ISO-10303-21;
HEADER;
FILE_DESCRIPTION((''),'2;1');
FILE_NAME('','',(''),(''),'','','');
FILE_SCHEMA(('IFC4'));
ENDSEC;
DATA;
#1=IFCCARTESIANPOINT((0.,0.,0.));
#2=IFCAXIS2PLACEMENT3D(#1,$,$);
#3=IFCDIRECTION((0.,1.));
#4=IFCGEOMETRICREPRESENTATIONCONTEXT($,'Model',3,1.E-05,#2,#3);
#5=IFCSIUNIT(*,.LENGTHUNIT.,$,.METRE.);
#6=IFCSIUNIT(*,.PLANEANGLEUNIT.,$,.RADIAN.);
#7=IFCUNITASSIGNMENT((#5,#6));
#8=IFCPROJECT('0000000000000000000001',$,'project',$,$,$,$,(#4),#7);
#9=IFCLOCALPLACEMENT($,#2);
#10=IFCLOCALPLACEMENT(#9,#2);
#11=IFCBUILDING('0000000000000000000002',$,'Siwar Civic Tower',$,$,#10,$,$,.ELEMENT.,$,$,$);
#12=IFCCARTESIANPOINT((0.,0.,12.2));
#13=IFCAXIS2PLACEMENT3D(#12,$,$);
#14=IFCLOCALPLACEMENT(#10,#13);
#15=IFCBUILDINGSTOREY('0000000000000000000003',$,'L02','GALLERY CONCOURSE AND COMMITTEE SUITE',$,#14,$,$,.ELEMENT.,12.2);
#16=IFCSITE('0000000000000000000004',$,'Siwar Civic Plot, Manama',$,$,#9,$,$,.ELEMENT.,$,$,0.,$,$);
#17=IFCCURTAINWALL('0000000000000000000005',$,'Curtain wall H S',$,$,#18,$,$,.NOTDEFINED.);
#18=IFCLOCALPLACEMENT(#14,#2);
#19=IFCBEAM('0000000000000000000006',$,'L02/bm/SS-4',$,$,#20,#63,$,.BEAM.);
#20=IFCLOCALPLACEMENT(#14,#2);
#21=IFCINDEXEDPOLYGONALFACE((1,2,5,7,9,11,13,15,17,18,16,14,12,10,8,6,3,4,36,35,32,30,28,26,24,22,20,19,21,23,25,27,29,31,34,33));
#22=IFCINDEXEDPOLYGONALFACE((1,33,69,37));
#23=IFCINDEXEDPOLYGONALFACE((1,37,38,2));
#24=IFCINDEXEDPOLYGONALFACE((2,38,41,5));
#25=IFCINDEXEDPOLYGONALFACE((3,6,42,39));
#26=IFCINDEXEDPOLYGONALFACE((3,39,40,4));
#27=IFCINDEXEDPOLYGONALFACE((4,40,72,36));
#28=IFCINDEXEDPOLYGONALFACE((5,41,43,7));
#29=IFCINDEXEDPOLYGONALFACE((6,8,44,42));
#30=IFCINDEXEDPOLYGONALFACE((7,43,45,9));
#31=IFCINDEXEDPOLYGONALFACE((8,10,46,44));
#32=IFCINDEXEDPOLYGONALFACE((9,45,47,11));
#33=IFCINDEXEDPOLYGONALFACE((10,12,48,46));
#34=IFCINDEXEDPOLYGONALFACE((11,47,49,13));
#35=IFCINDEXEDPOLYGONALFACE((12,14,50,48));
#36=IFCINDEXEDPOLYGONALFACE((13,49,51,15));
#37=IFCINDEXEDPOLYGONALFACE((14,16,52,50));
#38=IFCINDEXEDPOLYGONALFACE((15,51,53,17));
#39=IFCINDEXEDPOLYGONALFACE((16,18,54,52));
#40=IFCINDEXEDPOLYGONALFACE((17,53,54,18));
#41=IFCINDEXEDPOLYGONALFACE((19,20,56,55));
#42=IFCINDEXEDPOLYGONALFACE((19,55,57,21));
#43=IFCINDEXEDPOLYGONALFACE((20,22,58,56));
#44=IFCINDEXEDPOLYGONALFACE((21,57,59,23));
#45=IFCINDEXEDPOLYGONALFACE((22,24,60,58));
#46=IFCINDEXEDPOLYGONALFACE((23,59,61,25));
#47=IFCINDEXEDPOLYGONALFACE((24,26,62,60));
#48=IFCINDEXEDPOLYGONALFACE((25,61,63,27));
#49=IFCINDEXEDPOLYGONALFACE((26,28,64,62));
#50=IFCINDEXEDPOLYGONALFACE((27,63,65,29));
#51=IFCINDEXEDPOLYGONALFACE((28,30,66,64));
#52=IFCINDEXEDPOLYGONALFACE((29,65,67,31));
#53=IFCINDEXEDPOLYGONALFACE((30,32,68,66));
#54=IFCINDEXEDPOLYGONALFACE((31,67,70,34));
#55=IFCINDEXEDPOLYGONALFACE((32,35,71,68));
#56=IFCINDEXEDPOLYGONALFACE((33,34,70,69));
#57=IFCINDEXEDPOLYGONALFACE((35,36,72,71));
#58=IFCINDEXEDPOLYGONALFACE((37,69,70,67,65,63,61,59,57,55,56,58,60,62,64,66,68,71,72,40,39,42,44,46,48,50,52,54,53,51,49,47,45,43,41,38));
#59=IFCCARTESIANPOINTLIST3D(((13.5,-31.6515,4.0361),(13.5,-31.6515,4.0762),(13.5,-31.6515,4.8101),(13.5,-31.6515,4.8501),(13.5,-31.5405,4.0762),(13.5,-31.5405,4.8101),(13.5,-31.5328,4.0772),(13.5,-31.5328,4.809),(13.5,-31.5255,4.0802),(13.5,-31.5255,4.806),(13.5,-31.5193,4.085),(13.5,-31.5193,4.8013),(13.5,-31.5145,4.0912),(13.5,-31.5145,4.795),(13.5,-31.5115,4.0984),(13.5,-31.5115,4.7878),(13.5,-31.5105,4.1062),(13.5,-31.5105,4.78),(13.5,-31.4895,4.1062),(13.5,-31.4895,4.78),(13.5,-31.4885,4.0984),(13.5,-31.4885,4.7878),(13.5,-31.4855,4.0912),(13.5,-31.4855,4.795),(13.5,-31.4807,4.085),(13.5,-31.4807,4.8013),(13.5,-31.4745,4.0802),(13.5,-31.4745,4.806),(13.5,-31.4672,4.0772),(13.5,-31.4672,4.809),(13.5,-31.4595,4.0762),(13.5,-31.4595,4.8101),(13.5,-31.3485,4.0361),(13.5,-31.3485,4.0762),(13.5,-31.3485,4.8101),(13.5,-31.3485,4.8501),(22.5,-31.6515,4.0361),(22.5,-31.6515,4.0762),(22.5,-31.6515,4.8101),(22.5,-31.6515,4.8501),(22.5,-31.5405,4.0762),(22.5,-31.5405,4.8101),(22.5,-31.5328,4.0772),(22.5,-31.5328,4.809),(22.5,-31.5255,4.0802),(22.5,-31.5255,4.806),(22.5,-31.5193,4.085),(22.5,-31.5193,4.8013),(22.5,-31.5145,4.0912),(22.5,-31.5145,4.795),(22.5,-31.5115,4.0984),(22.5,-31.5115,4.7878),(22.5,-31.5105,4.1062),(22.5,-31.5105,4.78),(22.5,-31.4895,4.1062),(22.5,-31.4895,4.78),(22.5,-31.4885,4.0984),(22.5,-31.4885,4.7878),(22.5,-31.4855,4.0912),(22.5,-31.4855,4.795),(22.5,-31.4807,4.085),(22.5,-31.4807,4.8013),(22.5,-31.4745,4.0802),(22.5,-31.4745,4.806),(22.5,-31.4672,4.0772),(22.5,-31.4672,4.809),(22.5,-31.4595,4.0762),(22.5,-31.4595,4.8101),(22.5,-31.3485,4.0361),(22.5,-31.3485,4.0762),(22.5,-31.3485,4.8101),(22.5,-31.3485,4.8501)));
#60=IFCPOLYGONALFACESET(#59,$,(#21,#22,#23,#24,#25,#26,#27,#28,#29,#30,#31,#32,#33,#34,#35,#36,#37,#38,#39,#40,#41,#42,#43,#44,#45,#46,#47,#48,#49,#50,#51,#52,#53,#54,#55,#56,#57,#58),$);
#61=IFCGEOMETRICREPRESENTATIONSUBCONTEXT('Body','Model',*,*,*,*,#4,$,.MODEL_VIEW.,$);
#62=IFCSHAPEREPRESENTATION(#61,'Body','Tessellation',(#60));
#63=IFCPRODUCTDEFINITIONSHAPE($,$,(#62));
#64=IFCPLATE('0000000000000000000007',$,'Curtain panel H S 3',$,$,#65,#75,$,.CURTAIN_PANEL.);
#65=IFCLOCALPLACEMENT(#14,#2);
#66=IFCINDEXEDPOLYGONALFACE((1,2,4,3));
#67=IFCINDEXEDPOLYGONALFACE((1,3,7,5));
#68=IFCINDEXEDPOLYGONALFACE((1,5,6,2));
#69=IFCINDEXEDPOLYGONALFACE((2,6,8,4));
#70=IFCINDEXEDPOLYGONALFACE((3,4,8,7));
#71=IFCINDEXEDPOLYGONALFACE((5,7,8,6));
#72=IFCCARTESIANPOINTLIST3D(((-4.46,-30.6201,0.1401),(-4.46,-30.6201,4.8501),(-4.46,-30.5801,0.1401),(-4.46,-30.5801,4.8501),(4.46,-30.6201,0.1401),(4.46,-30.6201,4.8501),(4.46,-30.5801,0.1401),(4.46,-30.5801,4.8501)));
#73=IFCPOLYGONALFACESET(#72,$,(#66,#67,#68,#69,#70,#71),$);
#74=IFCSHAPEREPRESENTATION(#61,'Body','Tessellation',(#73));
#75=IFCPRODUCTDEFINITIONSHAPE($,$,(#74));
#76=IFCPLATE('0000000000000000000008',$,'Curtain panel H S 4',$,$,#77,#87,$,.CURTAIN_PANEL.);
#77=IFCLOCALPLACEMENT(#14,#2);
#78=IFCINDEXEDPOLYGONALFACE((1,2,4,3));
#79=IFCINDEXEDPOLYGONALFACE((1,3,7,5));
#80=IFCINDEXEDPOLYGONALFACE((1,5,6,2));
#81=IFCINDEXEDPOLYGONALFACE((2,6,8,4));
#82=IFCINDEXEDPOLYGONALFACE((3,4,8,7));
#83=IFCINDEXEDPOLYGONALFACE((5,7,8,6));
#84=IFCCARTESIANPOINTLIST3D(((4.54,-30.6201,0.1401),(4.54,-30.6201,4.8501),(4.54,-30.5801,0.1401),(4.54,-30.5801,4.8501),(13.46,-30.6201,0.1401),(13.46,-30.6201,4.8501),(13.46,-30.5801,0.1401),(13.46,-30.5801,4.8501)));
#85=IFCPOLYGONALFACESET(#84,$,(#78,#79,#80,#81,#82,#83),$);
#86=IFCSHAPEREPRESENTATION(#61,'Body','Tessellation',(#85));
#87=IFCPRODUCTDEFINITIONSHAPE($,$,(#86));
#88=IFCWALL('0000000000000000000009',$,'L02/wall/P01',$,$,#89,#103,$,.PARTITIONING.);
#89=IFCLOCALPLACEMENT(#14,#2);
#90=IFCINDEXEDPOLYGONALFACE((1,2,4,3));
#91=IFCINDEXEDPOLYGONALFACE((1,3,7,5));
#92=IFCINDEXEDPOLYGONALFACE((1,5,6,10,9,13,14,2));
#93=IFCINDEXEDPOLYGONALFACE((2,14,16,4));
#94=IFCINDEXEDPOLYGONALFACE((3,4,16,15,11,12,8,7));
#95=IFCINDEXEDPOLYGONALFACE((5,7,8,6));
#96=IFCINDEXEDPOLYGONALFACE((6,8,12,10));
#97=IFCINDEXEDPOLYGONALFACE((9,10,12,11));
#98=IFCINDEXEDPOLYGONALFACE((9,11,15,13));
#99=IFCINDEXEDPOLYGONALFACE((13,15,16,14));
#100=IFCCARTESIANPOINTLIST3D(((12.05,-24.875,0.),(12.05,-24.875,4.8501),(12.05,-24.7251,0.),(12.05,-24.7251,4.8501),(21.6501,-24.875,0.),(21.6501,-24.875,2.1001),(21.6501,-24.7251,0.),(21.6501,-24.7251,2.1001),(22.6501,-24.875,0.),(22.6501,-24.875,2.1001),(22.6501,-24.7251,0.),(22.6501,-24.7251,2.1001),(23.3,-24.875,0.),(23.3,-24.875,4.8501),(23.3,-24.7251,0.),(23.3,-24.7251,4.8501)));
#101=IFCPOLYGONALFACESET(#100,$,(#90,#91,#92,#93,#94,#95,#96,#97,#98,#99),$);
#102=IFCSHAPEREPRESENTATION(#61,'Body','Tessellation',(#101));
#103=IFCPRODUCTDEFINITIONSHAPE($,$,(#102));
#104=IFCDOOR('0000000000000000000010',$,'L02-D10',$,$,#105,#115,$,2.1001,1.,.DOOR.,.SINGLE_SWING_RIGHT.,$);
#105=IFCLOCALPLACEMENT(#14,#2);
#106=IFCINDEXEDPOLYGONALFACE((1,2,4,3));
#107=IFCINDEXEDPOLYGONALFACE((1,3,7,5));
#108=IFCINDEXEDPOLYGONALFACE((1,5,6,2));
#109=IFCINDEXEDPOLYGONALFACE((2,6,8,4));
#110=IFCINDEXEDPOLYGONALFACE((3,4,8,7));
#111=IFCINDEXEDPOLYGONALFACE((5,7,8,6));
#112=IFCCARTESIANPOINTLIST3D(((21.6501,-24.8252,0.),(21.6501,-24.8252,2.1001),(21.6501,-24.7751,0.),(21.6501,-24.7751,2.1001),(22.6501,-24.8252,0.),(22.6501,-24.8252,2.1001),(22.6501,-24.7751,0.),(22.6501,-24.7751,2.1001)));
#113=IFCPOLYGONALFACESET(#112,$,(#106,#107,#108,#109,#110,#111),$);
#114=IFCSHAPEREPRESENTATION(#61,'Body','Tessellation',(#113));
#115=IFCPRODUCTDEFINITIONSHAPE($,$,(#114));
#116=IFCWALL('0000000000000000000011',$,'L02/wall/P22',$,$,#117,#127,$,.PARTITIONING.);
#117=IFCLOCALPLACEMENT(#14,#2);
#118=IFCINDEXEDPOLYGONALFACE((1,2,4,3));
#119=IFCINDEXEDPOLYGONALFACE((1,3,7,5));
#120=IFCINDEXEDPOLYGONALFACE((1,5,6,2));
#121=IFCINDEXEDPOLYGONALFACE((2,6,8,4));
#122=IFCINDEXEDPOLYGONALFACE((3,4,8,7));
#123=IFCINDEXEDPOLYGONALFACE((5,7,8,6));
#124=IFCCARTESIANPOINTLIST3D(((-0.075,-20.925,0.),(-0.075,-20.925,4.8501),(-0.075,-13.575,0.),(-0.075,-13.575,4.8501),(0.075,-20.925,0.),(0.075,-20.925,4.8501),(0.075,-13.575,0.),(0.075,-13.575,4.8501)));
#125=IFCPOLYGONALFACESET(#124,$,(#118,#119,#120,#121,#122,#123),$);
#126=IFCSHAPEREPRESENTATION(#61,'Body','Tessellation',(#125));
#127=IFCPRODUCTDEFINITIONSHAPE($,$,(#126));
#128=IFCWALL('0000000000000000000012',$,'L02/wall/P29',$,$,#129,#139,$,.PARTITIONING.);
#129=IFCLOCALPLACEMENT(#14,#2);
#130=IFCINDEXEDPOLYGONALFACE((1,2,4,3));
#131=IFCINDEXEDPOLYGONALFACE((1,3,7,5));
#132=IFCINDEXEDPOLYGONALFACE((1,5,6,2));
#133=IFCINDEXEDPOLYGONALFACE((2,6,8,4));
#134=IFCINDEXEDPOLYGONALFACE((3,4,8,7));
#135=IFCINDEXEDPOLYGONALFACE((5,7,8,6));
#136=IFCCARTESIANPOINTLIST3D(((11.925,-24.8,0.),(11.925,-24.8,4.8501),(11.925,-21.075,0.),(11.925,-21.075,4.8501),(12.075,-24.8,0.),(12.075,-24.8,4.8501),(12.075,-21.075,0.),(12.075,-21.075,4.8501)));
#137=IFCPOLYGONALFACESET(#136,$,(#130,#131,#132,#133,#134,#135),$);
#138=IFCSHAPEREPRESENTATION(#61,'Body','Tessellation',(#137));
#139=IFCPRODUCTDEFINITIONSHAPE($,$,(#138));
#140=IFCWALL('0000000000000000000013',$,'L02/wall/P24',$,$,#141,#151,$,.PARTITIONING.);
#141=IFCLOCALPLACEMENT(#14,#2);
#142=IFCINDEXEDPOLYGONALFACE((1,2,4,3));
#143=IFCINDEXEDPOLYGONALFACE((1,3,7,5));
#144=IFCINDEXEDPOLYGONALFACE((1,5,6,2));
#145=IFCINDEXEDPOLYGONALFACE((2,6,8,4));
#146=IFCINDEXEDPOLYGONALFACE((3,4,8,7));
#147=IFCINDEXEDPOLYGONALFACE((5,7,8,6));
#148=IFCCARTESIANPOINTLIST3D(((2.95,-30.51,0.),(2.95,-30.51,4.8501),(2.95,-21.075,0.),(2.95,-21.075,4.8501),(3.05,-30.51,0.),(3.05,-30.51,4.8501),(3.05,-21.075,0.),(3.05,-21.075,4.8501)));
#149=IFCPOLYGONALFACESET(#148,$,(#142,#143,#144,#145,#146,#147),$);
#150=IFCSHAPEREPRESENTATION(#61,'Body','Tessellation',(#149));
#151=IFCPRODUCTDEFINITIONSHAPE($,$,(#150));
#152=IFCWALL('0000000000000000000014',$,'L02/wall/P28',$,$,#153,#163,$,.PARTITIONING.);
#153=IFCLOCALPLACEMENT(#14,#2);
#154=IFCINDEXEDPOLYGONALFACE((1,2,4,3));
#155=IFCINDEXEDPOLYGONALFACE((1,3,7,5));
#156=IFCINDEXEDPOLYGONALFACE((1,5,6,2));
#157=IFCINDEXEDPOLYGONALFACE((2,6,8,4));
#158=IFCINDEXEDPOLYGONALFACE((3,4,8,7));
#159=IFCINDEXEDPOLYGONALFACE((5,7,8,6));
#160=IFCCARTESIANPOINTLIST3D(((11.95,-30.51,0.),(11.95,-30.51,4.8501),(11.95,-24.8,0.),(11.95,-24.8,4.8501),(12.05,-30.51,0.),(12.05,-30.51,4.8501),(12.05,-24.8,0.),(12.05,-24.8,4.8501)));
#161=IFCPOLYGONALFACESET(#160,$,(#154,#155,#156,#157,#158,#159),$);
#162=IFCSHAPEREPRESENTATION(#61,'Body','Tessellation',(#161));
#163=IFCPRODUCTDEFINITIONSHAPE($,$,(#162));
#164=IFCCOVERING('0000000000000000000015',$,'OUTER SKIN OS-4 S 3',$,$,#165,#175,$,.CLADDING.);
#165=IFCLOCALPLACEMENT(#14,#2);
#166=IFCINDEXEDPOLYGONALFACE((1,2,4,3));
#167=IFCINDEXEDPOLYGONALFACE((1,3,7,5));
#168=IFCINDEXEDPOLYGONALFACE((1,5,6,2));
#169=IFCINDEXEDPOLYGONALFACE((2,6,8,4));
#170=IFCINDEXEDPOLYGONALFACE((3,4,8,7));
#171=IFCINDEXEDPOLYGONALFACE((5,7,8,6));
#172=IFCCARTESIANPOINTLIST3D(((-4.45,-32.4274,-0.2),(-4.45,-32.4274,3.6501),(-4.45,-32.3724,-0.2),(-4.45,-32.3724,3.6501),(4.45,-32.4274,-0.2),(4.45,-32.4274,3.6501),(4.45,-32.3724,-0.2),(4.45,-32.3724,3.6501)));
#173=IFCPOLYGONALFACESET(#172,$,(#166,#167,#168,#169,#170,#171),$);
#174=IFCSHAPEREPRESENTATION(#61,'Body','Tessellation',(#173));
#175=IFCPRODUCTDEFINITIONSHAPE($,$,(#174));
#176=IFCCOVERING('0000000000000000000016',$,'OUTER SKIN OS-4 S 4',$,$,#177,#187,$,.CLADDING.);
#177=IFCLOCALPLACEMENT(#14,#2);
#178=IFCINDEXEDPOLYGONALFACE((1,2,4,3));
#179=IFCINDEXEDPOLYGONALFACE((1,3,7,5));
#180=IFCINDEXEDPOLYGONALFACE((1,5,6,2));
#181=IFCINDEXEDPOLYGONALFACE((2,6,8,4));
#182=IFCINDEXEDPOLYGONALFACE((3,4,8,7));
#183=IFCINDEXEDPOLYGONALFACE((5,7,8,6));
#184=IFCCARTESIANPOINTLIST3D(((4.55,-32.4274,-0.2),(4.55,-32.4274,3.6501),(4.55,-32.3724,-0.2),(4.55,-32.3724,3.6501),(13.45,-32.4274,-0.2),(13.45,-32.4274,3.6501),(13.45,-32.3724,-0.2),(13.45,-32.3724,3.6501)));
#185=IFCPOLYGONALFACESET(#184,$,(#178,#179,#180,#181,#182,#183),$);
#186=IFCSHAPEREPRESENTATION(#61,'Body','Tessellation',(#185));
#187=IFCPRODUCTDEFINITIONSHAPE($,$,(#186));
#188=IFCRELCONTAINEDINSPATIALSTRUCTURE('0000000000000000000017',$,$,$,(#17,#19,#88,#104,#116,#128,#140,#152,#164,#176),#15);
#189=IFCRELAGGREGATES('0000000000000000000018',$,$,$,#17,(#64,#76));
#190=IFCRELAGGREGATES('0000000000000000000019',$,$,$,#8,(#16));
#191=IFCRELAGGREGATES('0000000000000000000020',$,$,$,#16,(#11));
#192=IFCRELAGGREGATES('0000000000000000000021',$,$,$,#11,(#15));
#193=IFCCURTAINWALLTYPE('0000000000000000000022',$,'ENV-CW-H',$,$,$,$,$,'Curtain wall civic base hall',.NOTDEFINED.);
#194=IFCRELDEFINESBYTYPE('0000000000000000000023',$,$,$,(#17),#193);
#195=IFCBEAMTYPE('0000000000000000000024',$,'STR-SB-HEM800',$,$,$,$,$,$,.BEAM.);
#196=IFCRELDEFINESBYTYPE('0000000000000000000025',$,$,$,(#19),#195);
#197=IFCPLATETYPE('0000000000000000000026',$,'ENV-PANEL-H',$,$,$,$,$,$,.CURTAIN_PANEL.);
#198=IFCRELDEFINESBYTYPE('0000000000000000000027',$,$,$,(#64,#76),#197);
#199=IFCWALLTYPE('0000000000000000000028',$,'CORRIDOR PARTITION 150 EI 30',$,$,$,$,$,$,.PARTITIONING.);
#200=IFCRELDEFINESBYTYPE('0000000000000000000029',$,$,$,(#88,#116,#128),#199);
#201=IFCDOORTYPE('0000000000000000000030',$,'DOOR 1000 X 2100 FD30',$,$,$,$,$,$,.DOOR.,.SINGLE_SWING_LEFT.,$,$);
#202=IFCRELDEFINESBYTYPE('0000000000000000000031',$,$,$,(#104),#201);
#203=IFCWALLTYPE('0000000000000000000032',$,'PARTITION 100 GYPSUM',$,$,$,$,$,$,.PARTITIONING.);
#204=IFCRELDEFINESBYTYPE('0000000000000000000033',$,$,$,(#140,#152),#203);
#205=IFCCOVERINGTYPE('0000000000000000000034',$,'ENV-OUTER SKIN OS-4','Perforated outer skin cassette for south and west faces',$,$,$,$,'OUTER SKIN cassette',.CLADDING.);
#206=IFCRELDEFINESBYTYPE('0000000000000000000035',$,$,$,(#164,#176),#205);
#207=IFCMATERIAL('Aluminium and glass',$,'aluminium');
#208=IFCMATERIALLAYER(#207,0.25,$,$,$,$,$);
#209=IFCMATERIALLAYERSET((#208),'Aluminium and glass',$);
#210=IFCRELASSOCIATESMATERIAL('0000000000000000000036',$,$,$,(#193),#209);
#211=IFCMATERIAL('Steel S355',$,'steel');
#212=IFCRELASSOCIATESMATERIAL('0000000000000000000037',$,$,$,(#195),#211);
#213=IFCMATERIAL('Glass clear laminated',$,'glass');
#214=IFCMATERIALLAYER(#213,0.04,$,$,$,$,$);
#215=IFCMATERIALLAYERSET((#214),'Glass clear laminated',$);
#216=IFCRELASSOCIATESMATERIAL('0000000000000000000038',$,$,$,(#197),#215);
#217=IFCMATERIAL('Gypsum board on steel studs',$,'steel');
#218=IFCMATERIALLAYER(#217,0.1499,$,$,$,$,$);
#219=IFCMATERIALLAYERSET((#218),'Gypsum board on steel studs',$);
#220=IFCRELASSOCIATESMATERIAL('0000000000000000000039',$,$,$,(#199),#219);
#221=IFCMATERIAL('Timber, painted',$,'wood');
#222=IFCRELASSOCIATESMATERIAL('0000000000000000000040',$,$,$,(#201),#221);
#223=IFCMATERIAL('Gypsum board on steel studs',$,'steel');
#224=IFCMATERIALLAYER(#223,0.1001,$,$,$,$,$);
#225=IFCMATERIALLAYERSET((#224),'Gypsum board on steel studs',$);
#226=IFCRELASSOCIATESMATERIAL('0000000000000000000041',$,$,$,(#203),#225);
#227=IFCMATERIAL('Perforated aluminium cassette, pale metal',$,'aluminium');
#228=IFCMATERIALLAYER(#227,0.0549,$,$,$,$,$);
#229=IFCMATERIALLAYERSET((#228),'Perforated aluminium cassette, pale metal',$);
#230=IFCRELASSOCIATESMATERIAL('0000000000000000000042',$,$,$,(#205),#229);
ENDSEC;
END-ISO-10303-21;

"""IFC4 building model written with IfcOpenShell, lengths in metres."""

from ifc_helpers import new_model, si_unit, direction, frame, frame_2d, origin, origin_2d, place, context, subcontext, project, spatial, rectangle, i_section, extrude, material, layer, layer_set, material_profile, profile_set, type_object, element, fill, aggregate, save


model = new_model("IFC4")

# Units and contexts
model_context = context("Model", 3, precision=1e-05, world=origin(), true_north=direction((0.0, 1.0)))
body_context = subcontext(model_context, "Body", "Model", "MODEL_VIEW")
ifc_project = project(units=[si_unit("LENGTHUNIT", "METRE"), si_unit("PLANEANGLEUNIT", "RADIAN")], contexts=[model_context])

# Site, building, storey
site_placement = place(None, origin())
site = spatial("IfcSite", under=ifc_project, at=site_placement, Name="Siwar Civic Plot, Manama", CompositionType="ELEMENT", RefElevation=0.0)
building_placement = place(site_placement, origin())
building = spatial("IfcBuilding", under=site, at=building_placement, Name="Siwar Civic Tower", CompositionType="ELEMENT")
storey_placement = place(building_placement, frame((0.0, 0.0, 12.2)))
storey = spatial("IfcBuildingStorey", under=building, at=storey_placement, Name="L02", Description="GALLERY CONCOURSE AND COMMITTEE SUITE", CompositionType="ELEMENT", Elevation=12.2)

# Curtain wall
ifc_material_1 = material(Name="Aluminium and glass", Category="aluminium")
ifc_layer_1 = layer(ifc_material_1, 0.25)
ifc_layer_set_1 = layer_set([ifc_layer_1], Name="Aluminium and glass")
curtain_wall_type = type_object("IfcCurtainWallType", Name="ENV-CW-H", ElementType="Curtain wall civic base hall", PredefinedType="NOTDEFINED", material=ifc_layer_set_1)
curtain_wall_placement = place(storey_placement, origin())
curtain_wall = element("IfcCurtainWall", 1, at=curtain_wall_placement, inside=storey, type_object=curtain_wall_type, Name="Curtain wall H S", PredefinedType="NOTDEFINED")

# Beam
ifc_material_2 = material(Name="Steel S355", Category="steel")
ifc_material_profile_1 = material_profile(ifc_material_2, i_section(OverallWidth=0.303, OverallDepth=0.814, WebThickness=0.021, FlangeThickness=0.04, FilletRadius=0.03, at=origin_2d()), Name="HEM800")
ifc_profile_set_1 = profile_set([ifc_material_profile_1], Name="Steel S355")
beam_type_1 = type_object("IfcBeamType", Name="STR-SB-HEM800", PredefinedType="BEAM", material=ifc_profile_set_1)
for number, where, z_axis, x_axis, name in (
    (2, (13.5, -31.5, 4.4431), (1.0, 0.0, 0.0), (0.0, 1.0, 0.0), "L02/bm/SS-4"),
):
    element("IfcBeam", number, at=place(storey_placement, frame(where, z_axis=z_axis, x_axis=x_axis)), inside=storey, type_object=beam_type_1, Name=name, PredefinedType="BEAM", context=body_context, shape_type="SweptSolid", body=[
        extrude(i_section(OverallWidth=0.303, OverallDepth=0.814, WebThickness=0.021, FlangeThickness=0.04, FilletRadius=0.03, at=origin_2d()), origin(), (0.0, 0.0, 1.0), 9.0),
    ])

# Plates
ifc_material_3 = material(Name="Glass clear laminated", Category="glass")
ifc_layer_2 = layer(ifc_material_3, 0.04)
ifc_layer_set_2 = layer_set([ifc_layer_2], Name="Glass clear laminated")
plate_type = type_object("IfcPlateType", Name="ENV-PANEL-H", PredefinedType="CURTAIN_PANEL", material=ifc_layer_set_2)
plate_1_placement = place(storey_placement, frame((0.0, -30.6001, 0.1401), z_axis=(0.0, 0.0, 1.0), x_axis=(1.0, 0.0, 0.0)))
plate_1 = element("IfcPlate", 3, at=plate_1_placement, type_object=plate_type, Name="Curtain panel H S 3", PredefinedType="CURTAIN_PANEL", context=body_context, shape_type="SweptSolid", body=[
    extrude(rectangle(XDim=8.9199, YDim=0.04, at=origin_2d()), origin(), (0.0, 0.0, 1.0), 4.71),
])
plate_2_placement = place(storey_placement, frame((9.0, -30.6001, 0.1401), z_axis=(0.0, 0.0, 1.0), x_axis=(1.0, 0.0, 0.0)))
plate_2 = element("IfcPlate", 4, at=plate_2_placement, type_object=plate_type, Name="Curtain panel H S 4", PredefinedType="CURTAIN_PANEL", context=body_context, shape_type="SweptSolid", body=[
    extrude(rectangle(XDim=8.9199, YDim=0.04, at=origin_2d()), origin(), (0.0, 0.0, 1.0), 4.71),
])
aggregate(curtain_wall, [plate_1, plate_2])

# Wall, opening, door
ifc_material_4 = material(Name="Gypsum board on steel studs", Category="steel")
ifc_layer_3 = layer(ifc_material_4, 0.1499)
ifc_layer_set_3 = layer_set([ifc_layer_3], Name="Gypsum board on steel studs")
wall_type_1 = type_object("IfcWallType", Name="CORRIDOR PARTITION 150 EI 30", PredefinedType="PARTITIONING", material=ifc_layer_set_3)
wall_1_placement = place(storey_placement, frame((12.05, -24.8, 0.0), z_axis=(0.0, 0.0, 1.0), x_axis=(1.0, 0.0, 0.0)))
wall_1 = element("IfcWall", 5, at=wall_1_placement, inside=storey, type_object=wall_type_1, Name="L02/wall/P01", PredefinedType="PARTITIONING", context=body_context, shape_type="SweptSolid", body=[
    extrude(rectangle(XDim=11.25, YDim=0.1499, at=frame_2d((5.625, 0.0))), origin(), (0.0, 0.0, 1.0), 4.8501),
])
opening_placement = place(wall_1_placement, frame((9.6001, 0.0, 0.0)))
opening = element("IfcOpeningElement", 6, at=opening_placement, cuts=wall_1, PredefinedType="OPENING", context=body_context, shape_type="SweptSolid", body=[
    extrude(rectangle(XDim=1.0, YDim=2.1001, at=frame_2d((0.5, 1.05))), frame((0.0, 0.085, 0.0), z_axis=(0.0, -1.0, 0.0), x_axis=(1.0, 0.0, 0.0)), (0.0, 0.0, 1.0), 0.1699),
])
ifc_material_5 = material(Name="Timber, painted", Category="wood")
door_type = type_object("IfcDoorType", Name="DOOR 1000 X 2100 FD30", OperationType="SINGLE_SWING_LEFT", PredefinedType="DOOR", material=ifc_material_5)
door_placement = place(opening_placement, origin())
door = element("IfcDoor", 7, at=door_placement, inside=storey, type_object=door_type, Name="L02-D10", OperationType="SINGLE_SWING_RIGHT", OverallHeight=2.1001, OverallWidth=1.0, PredefinedType="DOOR", context=body_context, shape_type="SweptSolid", body=[
    extrude(rectangle(XDim=1.0, YDim=2.1001, at=frame_2d((0.5, 1.05))), frame((0.0, 0.0249, 0.0), z_axis=(0.0, -1.0, 0.0), x_axis=(1.0, 0.0, 0.0)), (0.0, 0.0, 1.0), 0.05),
])
fill(opening, door)

# Walls
wall_2_placement = place(storey_placement, frame((0.0, -20.925, 0.0), z_axis=(0.0, 0.0, 1.0), x_axis=(0.0, 1.0, 0.0)))
element("IfcWall", 8, at=wall_2_placement, inside=storey, type_object=wall_type_1, Name="L02/wall/P22", PredefinedType="PARTITIONING", context=body_context, shape_type="SweptSolid", body=[
    extrude(rectangle(XDim=7.3501, YDim=0.1499, at=frame_2d((3.675, 0.0))), origin(), (0.0, 0.0, 1.0), 4.8501),
])
wall_3_placement = place(storey_placement, frame((12.0, -24.8, 0.0), z_axis=(0.0, 0.0, 1.0), x_axis=(0.0, 1.0, 0.0)))
element("IfcWall", 9, at=wall_3_placement, inside=storey, type_object=wall_type_1, Name="L02/wall/P29", PredefinedType="PARTITIONING", context=body_context, shape_type="SweptSolid", body=[
    extrude(rectangle(XDim=3.7251, YDim=0.1499, at=frame_2d((1.8625, 0.0))), origin(), (0.0, 0.0, 1.0), 4.8501),
])
ifc_material_6 = material(Name="Gypsum board on steel studs", Category="steel")
ifc_layer_4 = layer(ifc_material_6, 0.1001)
ifc_layer_set_4 = layer_set([ifc_layer_4], Name="Gypsum board on steel studs")
wall_type_2 = type_object("IfcWallType", Name="PARTITION 100 GYPSUM", PredefinedType="PARTITIONING", material=ifc_layer_set_4)
wall_4_placement = place(storey_placement, frame((3.0, -30.51, 0.0), z_axis=(0.0, 0.0, 1.0), x_axis=(0.0, 1.0, 0.0)))
element("IfcWall", 10, at=wall_4_placement, inside=storey, type_object=wall_type_2, Name="L02/wall/P24", PredefinedType="PARTITIONING", context=body_context, shape_type="SweptSolid", body=[
    extrude(rectangle(XDim=9.4351, YDim=0.1001, at=frame_2d((4.7175, 0.0))), origin(), (0.0, 0.0, 1.0), 4.8501),
])
wall_5_placement = place(storey_placement, frame((12.0, -30.51, 0.0), z_axis=(0.0, 0.0, 1.0), x_axis=(0.0, 1.0, 0.0)))
element("IfcWall", 11, at=wall_5_placement, inside=storey, type_object=wall_type_2, Name="L02/wall/P28", PredefinedType="PARTITIONING", context=body_context, shape_type="SweptSolid", body=[
    extrude(rectangle(XDim=5.71, YDim=0.1001, at=frame_2d((2.855, 0.0))), origin(), (0.0, 0.0, 1.0), 4.8501),
])

# Coverings
ifc_material_7 = material(Name="Perforated aluminium cassette, pale metal", Category="aluminium")
ifc_layer_5 = layer(ifc_material_7, 0.0549)
ifc_layer_set_5 = layer_set([ifc_layer_5], Name="Perforated aluminium cassette, pale metal")
covering_type = type_object("IfcCoveringType", Name="ENV-OUTER SKIN OS-4", Description="Perforated outer skin cassette for south and west faces", ElementType="OUTER SKIN cassette", PredefinedType="CLADDING", material=ifc_layer_set_5)
for number, where, z_axis, x_axis, name in (
    (12, (0.0, -32.3999, -0.2), (0.0, 0.0, 1.0), (1.0, 0.0, 0.0), "OUTER SKIN OS-4 S 3"),
    (13, (9.0, -32.3999, -0.2), (0.0, 0.0, 1.0), (1.0, 0.0, 0.0), "OUTER SKIN OS-4 S 4"),
):
    element("IfcCovering", number, at=place(storey_placement, frame(where, z_axis=z_axis, x_axis=x_axis)), inside=storey, type_object=covering_type, Name=name, PredefinedType="CLADDING", context=body_context, shape_type="SweptSolid", body=[
        extrude(rectangle(XDim=8.8999, YDim=0.0549, at=origin_2d()), origin(), (0.0, 0.0, 1.0), 3.8501),
    ])

save(model, "model.ifc")
